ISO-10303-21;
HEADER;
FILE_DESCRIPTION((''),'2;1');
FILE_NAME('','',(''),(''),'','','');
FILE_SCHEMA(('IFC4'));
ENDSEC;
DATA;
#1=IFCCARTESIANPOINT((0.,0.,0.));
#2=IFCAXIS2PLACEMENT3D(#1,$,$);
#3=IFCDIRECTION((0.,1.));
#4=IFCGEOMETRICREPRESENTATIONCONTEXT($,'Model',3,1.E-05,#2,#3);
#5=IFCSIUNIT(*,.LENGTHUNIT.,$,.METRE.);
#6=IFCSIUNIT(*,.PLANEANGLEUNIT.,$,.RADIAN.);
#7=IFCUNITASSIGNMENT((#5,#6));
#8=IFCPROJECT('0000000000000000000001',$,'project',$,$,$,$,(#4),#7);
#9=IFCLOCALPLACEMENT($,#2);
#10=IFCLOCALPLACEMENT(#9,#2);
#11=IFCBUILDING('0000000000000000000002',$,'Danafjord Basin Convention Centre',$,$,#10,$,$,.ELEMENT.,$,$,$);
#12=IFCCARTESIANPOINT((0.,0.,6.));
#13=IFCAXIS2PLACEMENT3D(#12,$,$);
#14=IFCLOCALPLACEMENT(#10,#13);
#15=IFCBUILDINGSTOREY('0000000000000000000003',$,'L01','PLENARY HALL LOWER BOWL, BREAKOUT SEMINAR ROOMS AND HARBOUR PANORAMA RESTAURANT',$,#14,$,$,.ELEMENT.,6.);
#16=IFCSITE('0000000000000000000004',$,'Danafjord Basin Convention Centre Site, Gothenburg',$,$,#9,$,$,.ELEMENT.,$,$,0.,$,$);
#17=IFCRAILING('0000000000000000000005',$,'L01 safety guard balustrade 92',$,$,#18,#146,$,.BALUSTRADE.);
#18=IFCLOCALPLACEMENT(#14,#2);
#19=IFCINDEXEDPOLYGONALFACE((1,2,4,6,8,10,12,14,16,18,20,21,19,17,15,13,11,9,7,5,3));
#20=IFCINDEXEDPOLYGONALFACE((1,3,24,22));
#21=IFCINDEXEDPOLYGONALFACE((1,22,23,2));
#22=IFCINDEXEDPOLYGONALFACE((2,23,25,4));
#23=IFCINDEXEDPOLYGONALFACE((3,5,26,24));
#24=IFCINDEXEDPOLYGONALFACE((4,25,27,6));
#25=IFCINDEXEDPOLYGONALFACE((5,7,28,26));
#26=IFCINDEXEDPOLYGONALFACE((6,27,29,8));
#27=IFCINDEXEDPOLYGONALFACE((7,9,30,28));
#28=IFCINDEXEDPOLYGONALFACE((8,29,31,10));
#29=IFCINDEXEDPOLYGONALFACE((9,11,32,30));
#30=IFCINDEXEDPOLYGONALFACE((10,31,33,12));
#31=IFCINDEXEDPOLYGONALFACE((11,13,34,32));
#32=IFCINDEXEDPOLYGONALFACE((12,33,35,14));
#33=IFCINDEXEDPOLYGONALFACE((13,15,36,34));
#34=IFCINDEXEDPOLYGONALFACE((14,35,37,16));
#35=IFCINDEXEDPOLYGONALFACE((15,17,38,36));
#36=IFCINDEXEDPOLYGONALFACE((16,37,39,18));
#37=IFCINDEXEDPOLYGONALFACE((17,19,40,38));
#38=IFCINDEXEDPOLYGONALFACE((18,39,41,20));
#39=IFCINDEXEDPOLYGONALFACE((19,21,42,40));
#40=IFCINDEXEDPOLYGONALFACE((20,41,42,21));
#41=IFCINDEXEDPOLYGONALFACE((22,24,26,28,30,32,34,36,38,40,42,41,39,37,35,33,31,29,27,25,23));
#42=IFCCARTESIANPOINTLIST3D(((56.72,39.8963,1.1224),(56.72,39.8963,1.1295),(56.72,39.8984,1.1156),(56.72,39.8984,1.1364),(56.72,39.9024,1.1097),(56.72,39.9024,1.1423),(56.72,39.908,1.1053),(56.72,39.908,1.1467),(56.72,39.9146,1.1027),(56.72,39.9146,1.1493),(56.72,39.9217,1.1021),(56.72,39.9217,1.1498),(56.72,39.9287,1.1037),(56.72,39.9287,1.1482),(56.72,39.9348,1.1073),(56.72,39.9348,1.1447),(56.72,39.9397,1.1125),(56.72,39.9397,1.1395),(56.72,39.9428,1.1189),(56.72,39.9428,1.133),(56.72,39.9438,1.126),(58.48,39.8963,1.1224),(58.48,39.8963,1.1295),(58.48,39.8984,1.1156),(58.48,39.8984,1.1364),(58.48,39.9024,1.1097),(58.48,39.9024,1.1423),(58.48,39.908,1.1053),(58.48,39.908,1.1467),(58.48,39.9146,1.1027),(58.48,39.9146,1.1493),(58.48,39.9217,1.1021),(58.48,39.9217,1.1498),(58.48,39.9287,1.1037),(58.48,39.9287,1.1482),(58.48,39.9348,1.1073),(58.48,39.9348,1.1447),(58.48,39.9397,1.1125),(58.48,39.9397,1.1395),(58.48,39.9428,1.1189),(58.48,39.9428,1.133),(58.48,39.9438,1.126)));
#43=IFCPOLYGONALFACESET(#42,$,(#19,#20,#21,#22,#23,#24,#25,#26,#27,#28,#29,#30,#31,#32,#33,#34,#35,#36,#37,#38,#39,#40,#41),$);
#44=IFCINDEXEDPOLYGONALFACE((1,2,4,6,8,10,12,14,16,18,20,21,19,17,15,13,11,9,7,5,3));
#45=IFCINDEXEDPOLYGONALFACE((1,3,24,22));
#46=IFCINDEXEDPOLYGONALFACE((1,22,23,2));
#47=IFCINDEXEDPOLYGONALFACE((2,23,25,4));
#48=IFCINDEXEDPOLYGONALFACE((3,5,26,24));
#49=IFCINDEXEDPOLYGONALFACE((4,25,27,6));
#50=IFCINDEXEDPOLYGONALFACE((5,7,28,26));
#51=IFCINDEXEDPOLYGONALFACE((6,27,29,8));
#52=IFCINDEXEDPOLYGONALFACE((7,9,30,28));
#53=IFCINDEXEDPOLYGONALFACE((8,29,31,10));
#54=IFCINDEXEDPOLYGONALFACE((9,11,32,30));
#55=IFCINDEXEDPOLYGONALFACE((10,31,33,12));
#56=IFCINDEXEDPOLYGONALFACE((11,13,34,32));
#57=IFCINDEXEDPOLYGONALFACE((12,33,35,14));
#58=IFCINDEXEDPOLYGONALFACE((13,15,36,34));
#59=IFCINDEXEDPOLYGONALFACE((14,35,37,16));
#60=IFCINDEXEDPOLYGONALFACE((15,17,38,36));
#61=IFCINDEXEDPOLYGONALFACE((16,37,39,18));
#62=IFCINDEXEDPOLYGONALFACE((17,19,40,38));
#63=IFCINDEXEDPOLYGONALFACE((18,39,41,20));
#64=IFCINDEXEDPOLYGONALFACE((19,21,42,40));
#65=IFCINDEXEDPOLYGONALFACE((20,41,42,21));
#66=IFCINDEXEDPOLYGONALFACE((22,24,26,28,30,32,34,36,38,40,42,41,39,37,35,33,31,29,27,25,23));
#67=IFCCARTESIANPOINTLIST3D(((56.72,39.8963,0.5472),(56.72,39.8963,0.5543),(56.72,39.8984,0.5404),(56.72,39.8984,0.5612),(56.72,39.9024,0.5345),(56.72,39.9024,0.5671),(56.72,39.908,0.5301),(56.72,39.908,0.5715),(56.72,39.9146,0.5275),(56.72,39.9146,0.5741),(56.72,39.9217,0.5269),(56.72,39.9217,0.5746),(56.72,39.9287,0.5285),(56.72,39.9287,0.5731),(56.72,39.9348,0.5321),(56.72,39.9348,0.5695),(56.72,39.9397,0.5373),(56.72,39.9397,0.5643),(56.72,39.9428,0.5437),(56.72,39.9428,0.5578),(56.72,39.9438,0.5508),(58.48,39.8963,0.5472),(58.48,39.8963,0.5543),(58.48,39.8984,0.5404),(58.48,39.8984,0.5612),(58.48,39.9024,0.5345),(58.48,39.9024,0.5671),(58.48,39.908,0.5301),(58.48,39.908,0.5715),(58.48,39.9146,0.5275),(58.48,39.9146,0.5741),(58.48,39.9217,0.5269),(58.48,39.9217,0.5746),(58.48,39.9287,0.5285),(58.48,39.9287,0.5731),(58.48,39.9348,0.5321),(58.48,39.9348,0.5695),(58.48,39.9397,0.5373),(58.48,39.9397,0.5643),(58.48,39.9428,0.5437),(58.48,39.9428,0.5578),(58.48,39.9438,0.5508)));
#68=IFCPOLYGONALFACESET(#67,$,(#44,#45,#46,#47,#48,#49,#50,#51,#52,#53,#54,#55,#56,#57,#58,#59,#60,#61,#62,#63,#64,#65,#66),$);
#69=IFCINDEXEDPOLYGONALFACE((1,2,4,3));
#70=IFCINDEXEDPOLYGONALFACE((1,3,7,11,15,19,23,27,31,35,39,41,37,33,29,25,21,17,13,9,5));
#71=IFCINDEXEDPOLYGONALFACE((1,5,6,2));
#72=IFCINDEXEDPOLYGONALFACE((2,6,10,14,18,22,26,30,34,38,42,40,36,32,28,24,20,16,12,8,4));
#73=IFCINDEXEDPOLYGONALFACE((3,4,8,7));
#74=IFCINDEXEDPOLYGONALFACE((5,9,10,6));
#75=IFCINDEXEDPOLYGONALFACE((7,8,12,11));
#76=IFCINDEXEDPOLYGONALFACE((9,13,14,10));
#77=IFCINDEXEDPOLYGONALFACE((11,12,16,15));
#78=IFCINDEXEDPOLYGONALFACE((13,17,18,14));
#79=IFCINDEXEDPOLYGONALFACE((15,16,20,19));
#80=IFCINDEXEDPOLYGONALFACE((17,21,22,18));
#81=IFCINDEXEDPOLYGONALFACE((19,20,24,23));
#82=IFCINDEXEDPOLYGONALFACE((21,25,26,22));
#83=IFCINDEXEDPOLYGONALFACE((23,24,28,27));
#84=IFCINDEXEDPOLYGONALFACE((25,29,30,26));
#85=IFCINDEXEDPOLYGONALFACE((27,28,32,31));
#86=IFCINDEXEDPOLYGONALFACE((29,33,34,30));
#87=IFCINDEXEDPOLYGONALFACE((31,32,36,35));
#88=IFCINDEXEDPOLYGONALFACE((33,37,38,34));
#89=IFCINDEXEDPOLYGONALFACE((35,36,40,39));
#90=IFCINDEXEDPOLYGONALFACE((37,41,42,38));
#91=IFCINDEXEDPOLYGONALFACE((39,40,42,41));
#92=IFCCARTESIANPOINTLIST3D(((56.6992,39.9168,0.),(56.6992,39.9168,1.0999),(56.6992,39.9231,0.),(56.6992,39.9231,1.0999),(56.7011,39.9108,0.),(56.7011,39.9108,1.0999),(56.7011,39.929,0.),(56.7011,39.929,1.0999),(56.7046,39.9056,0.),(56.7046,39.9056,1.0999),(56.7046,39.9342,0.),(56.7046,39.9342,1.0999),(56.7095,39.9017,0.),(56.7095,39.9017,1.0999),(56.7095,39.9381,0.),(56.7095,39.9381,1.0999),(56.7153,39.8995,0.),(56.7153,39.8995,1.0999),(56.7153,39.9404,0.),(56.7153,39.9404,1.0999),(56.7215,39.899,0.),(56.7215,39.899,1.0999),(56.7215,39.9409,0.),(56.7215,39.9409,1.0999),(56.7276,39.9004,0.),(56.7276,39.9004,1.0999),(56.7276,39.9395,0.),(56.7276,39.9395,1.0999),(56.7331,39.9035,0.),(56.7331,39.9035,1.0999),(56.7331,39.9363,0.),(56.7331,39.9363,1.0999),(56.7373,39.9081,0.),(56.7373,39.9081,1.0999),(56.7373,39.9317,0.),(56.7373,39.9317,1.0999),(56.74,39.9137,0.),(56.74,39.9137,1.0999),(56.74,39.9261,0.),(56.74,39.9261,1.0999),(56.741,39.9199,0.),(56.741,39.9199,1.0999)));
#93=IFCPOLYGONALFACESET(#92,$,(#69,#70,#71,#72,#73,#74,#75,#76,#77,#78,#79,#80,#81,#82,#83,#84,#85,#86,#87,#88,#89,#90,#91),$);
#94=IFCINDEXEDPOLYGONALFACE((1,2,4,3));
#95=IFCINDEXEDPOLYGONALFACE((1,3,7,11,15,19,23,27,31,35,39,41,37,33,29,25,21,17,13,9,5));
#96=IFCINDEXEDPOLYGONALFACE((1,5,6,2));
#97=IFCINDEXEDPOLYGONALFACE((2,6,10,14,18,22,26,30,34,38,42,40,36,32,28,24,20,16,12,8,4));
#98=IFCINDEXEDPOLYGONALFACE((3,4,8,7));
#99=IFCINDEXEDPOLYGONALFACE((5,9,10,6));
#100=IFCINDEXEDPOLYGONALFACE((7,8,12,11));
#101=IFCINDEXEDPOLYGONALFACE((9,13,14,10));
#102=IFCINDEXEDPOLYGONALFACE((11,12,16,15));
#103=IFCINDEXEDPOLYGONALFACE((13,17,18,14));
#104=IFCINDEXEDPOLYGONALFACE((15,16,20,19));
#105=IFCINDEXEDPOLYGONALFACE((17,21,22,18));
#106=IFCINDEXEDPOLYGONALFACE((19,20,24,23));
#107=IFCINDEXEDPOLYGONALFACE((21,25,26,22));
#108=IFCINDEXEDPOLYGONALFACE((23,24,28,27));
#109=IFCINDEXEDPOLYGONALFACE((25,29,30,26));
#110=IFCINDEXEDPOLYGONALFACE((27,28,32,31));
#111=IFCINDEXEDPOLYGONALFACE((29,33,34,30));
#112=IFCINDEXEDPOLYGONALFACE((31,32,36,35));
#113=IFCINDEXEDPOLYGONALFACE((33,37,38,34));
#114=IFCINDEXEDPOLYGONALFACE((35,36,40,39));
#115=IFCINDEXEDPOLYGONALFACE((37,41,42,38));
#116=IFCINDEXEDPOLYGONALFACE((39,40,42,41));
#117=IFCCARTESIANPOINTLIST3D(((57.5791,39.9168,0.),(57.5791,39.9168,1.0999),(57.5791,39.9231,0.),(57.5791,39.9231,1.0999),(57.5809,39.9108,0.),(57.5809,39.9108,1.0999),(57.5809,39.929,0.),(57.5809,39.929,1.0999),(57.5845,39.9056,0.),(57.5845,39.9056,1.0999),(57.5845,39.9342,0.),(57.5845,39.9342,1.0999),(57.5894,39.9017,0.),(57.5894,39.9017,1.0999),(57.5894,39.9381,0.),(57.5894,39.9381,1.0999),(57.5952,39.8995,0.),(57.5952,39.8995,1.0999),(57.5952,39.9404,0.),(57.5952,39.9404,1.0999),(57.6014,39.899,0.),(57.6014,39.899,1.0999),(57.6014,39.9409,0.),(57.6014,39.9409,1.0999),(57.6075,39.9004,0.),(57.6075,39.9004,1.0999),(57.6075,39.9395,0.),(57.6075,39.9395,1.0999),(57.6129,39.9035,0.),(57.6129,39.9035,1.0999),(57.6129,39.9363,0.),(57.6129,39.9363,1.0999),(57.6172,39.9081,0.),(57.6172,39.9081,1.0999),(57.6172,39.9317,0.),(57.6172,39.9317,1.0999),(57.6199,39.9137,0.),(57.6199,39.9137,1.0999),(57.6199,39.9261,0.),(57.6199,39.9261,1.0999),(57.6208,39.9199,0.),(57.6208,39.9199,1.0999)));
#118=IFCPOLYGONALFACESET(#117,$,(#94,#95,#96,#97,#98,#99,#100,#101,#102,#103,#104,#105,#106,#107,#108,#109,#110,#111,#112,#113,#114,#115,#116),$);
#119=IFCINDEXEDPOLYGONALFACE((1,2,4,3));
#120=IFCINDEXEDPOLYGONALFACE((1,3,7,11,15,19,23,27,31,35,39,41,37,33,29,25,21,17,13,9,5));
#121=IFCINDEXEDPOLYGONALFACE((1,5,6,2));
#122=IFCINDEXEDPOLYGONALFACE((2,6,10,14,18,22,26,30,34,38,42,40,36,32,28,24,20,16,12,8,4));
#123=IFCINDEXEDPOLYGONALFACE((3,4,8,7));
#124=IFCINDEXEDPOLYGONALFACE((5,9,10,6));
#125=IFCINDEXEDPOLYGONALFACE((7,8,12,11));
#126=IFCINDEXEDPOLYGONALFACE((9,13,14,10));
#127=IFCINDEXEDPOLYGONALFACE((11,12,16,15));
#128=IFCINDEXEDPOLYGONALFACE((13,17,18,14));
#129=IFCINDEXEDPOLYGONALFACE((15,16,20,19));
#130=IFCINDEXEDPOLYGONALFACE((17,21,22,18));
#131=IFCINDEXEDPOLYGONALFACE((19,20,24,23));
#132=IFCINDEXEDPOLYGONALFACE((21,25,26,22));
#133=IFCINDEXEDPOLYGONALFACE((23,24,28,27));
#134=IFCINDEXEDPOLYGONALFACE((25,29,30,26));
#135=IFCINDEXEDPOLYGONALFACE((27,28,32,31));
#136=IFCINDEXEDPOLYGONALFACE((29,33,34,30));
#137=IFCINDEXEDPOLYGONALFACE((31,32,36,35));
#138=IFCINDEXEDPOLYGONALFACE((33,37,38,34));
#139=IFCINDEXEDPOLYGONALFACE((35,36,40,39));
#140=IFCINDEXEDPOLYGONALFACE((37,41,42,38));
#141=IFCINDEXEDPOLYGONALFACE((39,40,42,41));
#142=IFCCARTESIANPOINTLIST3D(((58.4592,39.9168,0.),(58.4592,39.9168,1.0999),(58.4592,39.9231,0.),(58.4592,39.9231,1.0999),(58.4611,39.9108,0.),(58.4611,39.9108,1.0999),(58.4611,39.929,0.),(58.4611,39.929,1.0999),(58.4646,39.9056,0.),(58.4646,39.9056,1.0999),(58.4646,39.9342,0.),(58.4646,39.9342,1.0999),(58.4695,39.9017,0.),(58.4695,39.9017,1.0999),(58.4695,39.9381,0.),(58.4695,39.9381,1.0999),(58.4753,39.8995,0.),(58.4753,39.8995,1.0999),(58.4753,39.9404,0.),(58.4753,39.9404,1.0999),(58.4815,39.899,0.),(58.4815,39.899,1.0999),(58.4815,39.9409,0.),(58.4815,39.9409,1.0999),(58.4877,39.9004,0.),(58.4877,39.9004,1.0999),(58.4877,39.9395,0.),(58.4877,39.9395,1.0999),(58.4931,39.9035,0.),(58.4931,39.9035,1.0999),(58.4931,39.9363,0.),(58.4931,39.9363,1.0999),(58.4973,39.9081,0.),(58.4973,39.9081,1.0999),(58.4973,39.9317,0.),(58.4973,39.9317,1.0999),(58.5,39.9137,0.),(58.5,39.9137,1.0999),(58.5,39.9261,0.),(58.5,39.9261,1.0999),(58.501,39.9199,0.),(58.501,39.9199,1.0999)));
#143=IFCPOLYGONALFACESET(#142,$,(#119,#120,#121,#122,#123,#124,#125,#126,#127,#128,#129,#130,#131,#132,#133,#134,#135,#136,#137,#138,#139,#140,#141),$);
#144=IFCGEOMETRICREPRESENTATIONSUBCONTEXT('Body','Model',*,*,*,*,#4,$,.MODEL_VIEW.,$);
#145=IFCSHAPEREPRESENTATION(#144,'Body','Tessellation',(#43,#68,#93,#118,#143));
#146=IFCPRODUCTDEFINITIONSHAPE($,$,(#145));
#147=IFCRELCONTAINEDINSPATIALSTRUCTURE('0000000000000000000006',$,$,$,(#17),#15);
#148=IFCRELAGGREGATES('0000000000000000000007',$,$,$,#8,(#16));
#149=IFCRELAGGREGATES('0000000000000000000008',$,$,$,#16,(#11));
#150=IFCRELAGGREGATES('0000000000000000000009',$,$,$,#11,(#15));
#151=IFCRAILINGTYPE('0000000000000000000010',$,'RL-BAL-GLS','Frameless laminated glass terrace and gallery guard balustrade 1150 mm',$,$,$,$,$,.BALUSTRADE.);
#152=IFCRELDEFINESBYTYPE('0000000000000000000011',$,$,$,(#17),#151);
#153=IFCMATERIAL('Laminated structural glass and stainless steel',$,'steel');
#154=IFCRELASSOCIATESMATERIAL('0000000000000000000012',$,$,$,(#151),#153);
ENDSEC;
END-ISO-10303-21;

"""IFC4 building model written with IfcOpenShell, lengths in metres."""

from ifc_helpers import new_model, si_unit, direction, frame, origin, origin_2d, place, context, subcontext, project, spatial, circle, extrude, material, type_object, element, save


model = new_model("IFC4")

# Units and contexts
model_context = context("Model", 3, precision=1e-05, world=origin(), true_north=direction((0.0, 1.0)))
body_context = subcontext(model_context, "Body", "Model", "MODEL_VIEW")
ifc_project = project(units=[si_unit("LENGTHUNIT", "METRE"), si_unit("PLANEANGLEUNIT", "RADIAN")], contexts=[model_context])

# Site, building, storey
site_placement = place(None, origin())
site = spatial("IfcSite", under=ifc_project, at=site_placement, Name="Danafjord Basin Convention Centre Site, Gothenburg", CompositionType="ELEMENT", RefElevation=0.0)
building_placement = place(site_placement, origin())
building = spatial("IfcBuilding", under=site, at=building_placement, Name="Danafjord Basin Convention Centre", CompositionType="ELEMENT")
storey_placement = place(building_placement, frame((0.0, 0.0, 6.0)))
storey = spatial("IfcBuildingStorey", under=building, at=storey_placement, Name="L01", Description="PLENARY HALL LOWER BOWL, BREAKOUT SEMINAR ROOMS AND HARBOUR PANORAMA RESTAURANT", CompositionType="ELEMENT", Elevation=6.0)

# Railing
ifc_material_1 = material(Name="Laminated structural glass and stainless steel", Category="steel")
railing_type = type_object("IfcRailingType", Name="RL-BAL-GLS", Description="Frameless laminated glass terrace and gallery guard balustrade 1150 mm", PredefinedType="BALUSTRADE", material=ifc_material_1)
railing_1_placement = place(storey_placement, frame((56.72, 39.9199, 0.0)))
element("IfcRailing", 1, at=railing_1_placement, inside=storey, type_object=railing_type, Name="L01 safety guard balustrade 92", PredefinedType="BALUSTRADE", context=body_context, shape_type="SweptSolid", body=[
    extrude(circle(Radius=0.0239, at=origin_2d()), frame((0.0, 0.0, 1.126), z_axis=(1.0, 0.0, 0.0), x_axis=(0.0, 1.0, 0.0)), (0.0, 0.0, 1.0), 1.76),
    extrude(circle(Radius=0.0239, at=origin_2d()), frame((0.0, 0.0, 0.5508), z_axis=(1.0, 0.0, 0.0), x_axis=(0.0, 1.0, 0.0)), (0.0, 0.0, 1.0), 1.76),
    extrude(circle(Radius=0.021, at=origin_2d()), origin(), (0.0, 0.0, 1.0), 1.0999),
    extrude(circle(Radius=0.021, at=origin_2d()), frame((0.8799, 0.0, 0.0)), (0.0, 0.0, 1.0), 1.0999),
    extrude(circle(Radius=0.021, at=origin_2d()), frame((1.76, 0.0, 0.0)), (0.0, 0.0, 1.0), 1.0999),
])

save(model, "model.ifc")
